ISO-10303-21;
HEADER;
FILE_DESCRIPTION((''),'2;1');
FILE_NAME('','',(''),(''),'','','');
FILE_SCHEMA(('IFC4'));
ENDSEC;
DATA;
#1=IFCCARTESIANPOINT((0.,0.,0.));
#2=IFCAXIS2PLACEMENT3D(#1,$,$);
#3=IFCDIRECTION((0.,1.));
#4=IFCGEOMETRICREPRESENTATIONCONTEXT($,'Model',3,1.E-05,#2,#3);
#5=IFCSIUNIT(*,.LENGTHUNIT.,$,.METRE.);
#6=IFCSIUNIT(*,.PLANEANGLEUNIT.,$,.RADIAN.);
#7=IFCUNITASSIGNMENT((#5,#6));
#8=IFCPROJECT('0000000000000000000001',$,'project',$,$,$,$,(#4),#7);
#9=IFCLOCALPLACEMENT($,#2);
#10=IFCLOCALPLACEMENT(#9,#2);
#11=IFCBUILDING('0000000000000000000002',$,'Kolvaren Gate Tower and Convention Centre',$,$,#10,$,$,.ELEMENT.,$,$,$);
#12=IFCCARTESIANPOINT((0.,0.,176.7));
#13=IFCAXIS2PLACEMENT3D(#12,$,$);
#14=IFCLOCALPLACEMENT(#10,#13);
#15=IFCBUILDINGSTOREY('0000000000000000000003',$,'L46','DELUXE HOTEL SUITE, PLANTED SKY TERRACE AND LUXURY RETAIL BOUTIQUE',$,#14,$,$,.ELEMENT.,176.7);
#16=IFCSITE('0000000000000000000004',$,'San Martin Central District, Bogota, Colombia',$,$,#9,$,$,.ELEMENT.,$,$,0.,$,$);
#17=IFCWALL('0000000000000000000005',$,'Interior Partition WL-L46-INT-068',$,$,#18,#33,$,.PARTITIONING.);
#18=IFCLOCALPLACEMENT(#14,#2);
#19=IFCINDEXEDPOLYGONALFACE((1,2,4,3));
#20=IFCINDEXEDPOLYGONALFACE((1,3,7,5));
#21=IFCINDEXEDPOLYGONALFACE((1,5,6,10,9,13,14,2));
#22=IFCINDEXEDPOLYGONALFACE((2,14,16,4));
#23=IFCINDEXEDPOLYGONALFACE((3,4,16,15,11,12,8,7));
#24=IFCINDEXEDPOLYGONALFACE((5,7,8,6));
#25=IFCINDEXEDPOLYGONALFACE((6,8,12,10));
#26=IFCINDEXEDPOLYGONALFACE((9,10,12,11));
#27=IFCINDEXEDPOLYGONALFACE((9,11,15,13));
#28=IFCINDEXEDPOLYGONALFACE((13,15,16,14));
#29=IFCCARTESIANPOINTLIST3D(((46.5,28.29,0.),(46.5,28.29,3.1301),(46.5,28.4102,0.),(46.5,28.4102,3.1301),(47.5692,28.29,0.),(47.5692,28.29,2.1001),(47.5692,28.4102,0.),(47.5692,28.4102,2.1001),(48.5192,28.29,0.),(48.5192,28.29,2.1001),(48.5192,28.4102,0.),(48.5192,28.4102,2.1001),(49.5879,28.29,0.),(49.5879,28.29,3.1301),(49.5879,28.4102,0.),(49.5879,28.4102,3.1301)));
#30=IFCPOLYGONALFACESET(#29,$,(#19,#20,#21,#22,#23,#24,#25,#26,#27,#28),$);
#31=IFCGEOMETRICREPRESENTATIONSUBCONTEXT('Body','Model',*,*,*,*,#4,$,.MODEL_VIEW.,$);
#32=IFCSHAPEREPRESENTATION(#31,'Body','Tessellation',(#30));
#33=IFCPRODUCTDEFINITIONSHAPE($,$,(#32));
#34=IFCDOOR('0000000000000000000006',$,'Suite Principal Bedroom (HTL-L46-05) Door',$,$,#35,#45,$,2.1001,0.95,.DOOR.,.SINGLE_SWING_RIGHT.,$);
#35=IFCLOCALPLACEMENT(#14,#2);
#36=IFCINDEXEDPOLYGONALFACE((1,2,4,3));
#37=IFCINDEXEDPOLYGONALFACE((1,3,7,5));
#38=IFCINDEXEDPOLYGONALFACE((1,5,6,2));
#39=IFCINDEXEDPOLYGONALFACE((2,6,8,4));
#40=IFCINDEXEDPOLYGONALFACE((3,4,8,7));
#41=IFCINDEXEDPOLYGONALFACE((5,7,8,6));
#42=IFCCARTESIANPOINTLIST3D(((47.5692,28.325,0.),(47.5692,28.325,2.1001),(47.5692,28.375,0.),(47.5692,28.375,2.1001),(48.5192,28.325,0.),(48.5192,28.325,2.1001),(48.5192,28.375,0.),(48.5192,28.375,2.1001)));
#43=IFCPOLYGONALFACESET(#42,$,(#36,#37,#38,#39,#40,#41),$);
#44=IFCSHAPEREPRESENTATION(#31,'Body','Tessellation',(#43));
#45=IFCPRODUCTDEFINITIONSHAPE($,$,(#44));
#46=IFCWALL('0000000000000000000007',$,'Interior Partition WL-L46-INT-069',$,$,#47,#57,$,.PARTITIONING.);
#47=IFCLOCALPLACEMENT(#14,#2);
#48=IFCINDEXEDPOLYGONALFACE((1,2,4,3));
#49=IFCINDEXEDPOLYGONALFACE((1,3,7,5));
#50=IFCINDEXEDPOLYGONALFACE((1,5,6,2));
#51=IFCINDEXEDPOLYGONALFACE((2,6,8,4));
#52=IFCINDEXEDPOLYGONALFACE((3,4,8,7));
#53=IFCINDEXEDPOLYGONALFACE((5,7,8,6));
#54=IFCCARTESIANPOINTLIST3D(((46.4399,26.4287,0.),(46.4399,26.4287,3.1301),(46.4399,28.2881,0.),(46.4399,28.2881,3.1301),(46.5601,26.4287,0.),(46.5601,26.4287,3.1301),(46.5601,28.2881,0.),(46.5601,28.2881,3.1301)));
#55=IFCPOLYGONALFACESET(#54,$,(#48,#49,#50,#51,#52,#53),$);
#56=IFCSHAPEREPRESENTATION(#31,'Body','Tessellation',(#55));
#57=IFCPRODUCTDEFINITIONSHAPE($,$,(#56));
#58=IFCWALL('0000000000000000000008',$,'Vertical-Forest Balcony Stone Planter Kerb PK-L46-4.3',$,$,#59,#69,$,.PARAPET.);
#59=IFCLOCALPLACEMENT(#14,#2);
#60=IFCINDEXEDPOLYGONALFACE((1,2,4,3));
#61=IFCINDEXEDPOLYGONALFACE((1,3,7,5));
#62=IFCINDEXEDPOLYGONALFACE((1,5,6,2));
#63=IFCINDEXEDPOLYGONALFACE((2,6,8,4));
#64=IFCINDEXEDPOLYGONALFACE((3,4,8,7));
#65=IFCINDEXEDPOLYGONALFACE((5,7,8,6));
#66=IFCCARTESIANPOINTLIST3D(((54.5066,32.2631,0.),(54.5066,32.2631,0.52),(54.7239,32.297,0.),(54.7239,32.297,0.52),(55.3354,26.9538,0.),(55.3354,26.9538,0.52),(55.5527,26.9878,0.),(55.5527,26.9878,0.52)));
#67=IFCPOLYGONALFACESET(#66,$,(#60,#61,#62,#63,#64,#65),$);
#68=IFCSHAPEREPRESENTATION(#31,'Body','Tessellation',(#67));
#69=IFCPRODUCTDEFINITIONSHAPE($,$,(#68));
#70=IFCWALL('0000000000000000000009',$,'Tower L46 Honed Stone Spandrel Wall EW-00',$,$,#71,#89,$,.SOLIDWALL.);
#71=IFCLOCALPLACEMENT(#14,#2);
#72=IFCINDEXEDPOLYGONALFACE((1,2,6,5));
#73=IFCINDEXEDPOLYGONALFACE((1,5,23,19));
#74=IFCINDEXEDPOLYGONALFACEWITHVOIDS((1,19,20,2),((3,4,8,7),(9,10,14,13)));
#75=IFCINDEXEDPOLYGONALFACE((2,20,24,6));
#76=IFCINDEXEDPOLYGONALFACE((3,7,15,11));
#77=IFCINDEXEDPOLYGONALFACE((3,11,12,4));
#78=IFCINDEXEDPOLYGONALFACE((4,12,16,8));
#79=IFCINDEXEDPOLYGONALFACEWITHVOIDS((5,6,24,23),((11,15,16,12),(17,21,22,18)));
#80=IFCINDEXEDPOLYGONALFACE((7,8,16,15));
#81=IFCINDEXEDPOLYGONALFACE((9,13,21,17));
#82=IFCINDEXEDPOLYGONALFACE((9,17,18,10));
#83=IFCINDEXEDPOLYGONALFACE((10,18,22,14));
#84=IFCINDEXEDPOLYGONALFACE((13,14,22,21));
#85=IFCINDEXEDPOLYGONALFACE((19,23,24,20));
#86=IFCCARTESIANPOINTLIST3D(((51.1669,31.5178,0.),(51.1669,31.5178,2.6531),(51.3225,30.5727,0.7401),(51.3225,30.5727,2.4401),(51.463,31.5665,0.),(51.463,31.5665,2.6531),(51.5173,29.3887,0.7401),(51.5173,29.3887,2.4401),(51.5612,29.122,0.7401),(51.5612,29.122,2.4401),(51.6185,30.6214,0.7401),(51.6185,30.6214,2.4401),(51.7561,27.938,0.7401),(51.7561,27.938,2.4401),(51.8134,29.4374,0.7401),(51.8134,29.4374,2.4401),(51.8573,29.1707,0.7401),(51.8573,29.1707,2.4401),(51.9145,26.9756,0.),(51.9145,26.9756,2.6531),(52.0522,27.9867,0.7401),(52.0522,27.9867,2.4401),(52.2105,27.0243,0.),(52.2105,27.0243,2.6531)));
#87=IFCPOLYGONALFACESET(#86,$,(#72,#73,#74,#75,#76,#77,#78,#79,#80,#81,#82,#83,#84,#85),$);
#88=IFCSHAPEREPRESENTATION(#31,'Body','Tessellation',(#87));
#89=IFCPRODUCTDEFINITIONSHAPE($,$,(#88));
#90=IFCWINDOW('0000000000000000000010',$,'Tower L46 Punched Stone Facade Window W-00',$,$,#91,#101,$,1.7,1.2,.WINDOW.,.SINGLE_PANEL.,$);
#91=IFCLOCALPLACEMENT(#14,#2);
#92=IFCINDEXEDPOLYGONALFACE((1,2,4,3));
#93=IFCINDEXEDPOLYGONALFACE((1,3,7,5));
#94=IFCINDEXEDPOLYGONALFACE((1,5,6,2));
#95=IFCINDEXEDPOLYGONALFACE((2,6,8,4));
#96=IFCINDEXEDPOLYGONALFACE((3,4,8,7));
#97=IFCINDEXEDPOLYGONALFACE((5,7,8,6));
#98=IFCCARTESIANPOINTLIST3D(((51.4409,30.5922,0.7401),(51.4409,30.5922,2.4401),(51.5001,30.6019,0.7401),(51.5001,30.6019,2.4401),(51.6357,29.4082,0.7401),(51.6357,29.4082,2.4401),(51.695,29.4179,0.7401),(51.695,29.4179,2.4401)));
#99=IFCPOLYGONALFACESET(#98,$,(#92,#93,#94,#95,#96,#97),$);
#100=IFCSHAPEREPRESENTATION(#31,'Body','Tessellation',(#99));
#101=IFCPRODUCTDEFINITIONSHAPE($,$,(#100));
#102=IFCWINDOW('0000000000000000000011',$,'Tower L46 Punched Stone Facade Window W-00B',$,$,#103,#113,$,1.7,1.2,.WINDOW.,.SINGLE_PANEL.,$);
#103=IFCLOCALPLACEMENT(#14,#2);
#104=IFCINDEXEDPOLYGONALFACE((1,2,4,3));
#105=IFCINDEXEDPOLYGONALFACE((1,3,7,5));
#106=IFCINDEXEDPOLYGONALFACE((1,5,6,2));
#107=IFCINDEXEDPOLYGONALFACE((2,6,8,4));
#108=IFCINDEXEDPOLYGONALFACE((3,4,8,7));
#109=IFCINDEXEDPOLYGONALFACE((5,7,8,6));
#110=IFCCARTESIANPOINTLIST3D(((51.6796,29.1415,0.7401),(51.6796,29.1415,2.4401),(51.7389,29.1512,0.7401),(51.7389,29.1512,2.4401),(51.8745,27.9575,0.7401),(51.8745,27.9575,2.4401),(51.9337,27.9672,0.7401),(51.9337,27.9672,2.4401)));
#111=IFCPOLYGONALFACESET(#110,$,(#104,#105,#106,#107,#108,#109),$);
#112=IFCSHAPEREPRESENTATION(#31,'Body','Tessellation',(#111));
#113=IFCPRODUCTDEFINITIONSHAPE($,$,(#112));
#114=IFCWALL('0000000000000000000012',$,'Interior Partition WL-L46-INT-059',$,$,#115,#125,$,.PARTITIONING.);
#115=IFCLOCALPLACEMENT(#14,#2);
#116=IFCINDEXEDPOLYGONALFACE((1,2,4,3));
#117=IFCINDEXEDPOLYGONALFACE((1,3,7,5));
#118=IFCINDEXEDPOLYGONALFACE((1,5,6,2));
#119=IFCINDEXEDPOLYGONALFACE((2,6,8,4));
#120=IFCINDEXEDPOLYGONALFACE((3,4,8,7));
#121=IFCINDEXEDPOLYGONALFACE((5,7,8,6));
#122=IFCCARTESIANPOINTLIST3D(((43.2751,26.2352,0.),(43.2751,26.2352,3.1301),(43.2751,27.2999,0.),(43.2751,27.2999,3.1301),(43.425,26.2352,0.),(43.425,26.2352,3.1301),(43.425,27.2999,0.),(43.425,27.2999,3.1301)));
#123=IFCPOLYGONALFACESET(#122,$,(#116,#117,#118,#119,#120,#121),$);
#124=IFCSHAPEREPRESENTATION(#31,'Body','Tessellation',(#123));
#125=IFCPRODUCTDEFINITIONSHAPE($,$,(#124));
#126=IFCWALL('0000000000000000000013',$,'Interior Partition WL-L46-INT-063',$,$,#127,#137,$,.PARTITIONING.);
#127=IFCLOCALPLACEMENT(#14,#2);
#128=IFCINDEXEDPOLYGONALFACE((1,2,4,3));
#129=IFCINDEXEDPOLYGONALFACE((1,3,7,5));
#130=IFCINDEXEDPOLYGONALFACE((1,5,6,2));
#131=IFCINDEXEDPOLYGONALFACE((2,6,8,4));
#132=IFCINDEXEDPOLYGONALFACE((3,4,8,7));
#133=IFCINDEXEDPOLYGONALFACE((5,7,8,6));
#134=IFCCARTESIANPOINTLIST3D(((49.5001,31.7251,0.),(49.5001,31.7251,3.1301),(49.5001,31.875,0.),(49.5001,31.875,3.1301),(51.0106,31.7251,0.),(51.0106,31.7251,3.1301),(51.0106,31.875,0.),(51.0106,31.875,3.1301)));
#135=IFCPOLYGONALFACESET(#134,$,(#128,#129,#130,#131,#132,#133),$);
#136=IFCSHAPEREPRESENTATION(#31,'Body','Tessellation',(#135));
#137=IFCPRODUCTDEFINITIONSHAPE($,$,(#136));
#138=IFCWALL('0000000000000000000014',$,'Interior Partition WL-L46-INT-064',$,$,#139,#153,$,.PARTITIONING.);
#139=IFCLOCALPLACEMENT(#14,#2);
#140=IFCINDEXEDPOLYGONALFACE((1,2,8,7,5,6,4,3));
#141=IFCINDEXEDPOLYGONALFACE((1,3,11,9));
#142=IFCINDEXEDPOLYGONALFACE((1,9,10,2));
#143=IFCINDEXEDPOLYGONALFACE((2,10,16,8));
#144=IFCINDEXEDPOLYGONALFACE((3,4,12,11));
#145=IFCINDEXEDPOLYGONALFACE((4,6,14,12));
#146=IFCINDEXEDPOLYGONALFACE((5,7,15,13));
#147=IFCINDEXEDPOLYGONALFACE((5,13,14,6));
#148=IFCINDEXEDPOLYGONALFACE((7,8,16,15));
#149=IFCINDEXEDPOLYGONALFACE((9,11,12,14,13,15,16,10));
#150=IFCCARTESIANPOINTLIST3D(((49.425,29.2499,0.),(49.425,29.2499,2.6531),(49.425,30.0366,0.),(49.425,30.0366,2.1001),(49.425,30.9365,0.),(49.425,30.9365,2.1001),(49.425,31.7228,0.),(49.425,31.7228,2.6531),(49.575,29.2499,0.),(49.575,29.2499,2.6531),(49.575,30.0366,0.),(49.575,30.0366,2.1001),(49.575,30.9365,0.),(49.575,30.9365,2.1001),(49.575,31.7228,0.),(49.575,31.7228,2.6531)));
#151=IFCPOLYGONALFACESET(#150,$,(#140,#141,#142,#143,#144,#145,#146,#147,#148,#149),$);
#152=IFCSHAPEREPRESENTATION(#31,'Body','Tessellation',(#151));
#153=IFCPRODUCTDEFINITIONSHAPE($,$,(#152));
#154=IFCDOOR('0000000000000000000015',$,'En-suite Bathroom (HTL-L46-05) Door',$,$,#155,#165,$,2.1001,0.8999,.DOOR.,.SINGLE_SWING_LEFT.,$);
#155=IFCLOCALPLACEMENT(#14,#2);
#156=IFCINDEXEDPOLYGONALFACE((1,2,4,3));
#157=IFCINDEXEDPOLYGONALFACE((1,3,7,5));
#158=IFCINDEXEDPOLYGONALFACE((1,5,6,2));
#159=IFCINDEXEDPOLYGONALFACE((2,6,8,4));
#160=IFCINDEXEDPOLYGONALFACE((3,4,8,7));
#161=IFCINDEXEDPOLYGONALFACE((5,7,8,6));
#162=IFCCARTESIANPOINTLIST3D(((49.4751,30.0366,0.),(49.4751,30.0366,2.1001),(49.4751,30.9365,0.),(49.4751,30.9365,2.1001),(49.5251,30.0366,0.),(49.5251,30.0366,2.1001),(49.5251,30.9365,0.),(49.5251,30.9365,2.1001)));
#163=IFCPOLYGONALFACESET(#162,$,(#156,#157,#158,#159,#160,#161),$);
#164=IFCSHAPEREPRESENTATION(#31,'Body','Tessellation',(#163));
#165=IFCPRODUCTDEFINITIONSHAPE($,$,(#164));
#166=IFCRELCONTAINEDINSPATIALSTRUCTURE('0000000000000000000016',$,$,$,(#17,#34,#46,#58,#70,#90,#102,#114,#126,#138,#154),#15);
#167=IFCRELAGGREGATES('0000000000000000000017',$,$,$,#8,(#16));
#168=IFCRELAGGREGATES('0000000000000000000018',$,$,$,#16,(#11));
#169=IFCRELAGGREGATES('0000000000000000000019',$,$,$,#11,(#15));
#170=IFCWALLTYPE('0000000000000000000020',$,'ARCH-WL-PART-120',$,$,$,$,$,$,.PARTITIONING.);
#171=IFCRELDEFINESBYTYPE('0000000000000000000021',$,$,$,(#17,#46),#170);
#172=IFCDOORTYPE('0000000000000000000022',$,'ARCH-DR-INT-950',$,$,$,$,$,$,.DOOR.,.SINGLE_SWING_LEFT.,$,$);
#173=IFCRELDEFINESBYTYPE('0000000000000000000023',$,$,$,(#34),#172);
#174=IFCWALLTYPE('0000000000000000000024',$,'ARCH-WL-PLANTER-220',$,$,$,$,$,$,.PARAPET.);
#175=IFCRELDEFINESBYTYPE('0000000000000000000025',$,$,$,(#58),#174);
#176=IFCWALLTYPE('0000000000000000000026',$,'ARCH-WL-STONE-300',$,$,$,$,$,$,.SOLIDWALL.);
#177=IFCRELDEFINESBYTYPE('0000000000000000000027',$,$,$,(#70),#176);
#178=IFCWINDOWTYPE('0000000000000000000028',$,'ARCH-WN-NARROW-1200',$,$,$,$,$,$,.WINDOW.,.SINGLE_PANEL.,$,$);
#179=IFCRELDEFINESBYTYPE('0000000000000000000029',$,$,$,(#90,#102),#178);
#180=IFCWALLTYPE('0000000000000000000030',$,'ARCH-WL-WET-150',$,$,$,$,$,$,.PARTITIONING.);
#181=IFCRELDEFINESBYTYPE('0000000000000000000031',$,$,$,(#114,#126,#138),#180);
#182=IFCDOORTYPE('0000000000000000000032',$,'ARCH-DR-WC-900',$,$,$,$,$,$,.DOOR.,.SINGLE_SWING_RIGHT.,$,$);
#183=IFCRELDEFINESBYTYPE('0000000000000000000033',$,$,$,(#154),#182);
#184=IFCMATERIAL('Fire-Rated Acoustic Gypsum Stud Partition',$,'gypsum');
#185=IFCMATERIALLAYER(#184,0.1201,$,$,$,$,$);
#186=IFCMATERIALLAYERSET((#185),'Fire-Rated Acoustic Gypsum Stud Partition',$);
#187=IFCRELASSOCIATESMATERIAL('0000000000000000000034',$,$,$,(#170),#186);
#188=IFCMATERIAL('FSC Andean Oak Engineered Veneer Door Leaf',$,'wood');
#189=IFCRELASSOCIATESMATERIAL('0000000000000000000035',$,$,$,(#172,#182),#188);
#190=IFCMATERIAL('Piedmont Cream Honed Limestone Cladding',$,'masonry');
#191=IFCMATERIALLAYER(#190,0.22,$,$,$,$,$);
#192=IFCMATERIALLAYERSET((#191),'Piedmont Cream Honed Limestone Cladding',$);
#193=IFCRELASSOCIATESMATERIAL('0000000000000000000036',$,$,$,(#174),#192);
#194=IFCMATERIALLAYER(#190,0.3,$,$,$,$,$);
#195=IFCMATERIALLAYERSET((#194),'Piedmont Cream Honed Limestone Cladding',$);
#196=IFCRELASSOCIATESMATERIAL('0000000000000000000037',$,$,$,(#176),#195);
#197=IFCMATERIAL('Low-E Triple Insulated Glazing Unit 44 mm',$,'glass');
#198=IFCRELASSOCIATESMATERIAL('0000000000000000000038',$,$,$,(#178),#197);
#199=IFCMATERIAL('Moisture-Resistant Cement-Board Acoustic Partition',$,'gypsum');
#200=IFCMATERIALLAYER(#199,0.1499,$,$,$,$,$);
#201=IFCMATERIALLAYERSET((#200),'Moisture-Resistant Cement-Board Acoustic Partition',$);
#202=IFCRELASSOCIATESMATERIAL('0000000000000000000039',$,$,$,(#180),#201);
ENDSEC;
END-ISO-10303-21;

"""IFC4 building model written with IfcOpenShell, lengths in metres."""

from ifc_helpers import new_model, si_unit, direction, frame, frame_2d, origin, place, context, subcontext, project, spatial, rectangle, extrude, material, layer, layer_set, type_object, element, fill, save


model = new_model("IFC4")

# Units and contexts
model_context = context("Model", 3, precision=1e-05, world=origin(), true_north=direction((0.0, 1.0)))
body_context = subcontext(model_context, "Body", "Model", "MODEL_VIEW")
ifc_project = project(units=[si_unit("LENGTHUNIT", "METRE"), si_unit("PLANEANGLEUNIT", "RADIAN")], contexts=[model_context])

# Site, building, storey
site_placement = place(None, origin())
site = spatial("IfcSite", under=ifc_project, at=site_placement, Name="San Martin Central District, Bogota, Colombia", CompositionType="ELEMENT", RefElevation=0.0)
building_placement = place(site_placement, origin())
building = spatial("IfcBuilding", under=site, at=building_placement, Name="Kolvaren Gate Tower and Convention Centre", CompositionType="ELEMENT")
storey_placement = place(building_placement, frame((0.0, 0.0, 176.7)))
storey = spatial("IfcBuildingStorey", under=building, at=storey_placement, Name="L46", Description="DELUXE HOTEL SUITE, PLANTED SKY TERRACE AND LUXURY RETAIL BOUTIQUE", CompositionType="ELEMENT", Elevation=176.7)

# Shared definitions
ifc_material_1 = material(Name="Fire-Rated Acoustic Gypsum Stud Partition", Category="gypsum")
ifc_layer_1 = layer(ifc_material_1, 0.1201)
ifc_layer_set_1 = layer_set([ifc_layer_1], Name="Fire-Rated Acoustic Gypsum Stud Partition")
wall_type_1 = type_object("IfcWallType", Name="ARCH-WL-PART-120", PredefinedType="PARTITIONING", material=ifc_layer_set_1)

# Wall, opening, door
wall_1_placement = place(storey_placement, frame((46.5, 28.3501, 0.0), z_axis=(0.0, 0.0, 1.0), x_axis=(1.0, 0.0, 0.0)))
wall_1 = element("IfcWall", 1, at=wall_1_placement, inside=storey, type_object=wall_type_1, Name="Interior Partition WL-L46-INT-068", PredefinedType="PARTITIONING", context=body_context, shape_type="SweptSolid", body=[
    extrude(rectangle(XDim=3.0879, YDim=0.1201, at=frame_2d((1.5439, 0.0))), origin(), (0.0, 0.0, 1.0), 3.1301),
])
opening_1_placement = place(wall_1_placement, frame((1.0691, 0.0, 0.0)))
opening_1 = element("IfcOpeningElement", 2, at=opening_1_placement, cuts=wall_1, PredefinedType="OPENING", context=body_context, shape_type="SweptSolid", body=[
    extrude(rectangle(XDim=0.95, YDim=2.1001, at=frame_2d((0.4751, 1.05))), frame((0.0, 0.0701, 0.0), z_axis=(0.0, -1.0, 0.0), x_axis=(1.0, 0.0, 0.0)), (0.0, 0.0, 1.0), 0.1401),
])
ifc_material_2 = material(Name="FSC Andean Oak Engineered Veneer Door Leaf", Category="wood")
door_type_1 = type_object("IfcDoorType", Name="ARCH-DR-INT-950", OperationType="SINGLE_SWING_LEFT", PredefinedType="DOOR", material=ifc_material_2)
door_1_placement = place(opening_1_placement, origin())
door_1 = element("IfcDoor", 3, at=door_1_placement, inside=storey, type_object=door_type_1, Name="Suite Principal Bedroom (HTL-L46-05) Door", OperationType="SINGLE_SWING_RIGHT", OverallHeight=2.1001, OverallWidth=0.95, PredefinedType="DOOR", context=body_context, shape_type="SweptSolid", body=[
    extrude(rectangle(XDim=0.95, YDim=2.1001, at=frame_2d((0.4751, 1.05))), frame((0.0, 0.0249, 0.0), z_axis=(0.0, -1.0, 0.0), x_axis=(1.0, 0.0, 0.0)), (0.0, 0.0, 1.0), 0.05),
])
fill(opening_1, door_1)

# Walls
wall_2_placement = place(storey_placement, frame((46.5, 26.4287, 0.0), z_axis=(0.0, 0.0, 1.0), x_axis=(0.0, 1.0, 0.0)))
element("IfcWall", 4, at=wall_2_placement, inside=storey, type_object=wall_type_1, Name="Interior Partition WL-L46-INT-069", PredefinedType="PARTITIONING", context=body_context, shape_type="SweptSolid", body=[
    extrude(rectangle(XDim=1.8594, YDim=0.1201, at=frame_2d((0.9297, 0.0))), origin(), (0.0, 0.0, 1.0), 3.1301),
])
ifc_material_3 = material(Name="Piedmont Cream Honed Limestone Cladding", Category="masonry")
ifc_layer_2 = layer(ifc_material_3, 0.22)
ifc_layer_set_2 = layer_set([ifc_layer_2], Name="Piedmont Cream Honed Limestone Cladding")
wall_type_2 = type_object("IfcWallType", Name="ARCH-WL-PLANTER-220", PredefinedType="PARAPET", material=ifc_layer_set_2)
wall_3_placement = place(storey_placement, frame((54.6152, 32.28, 0.0), z_axis=(0.0, 0.0, 1.0), x_axis=(0.154245, -0.988033, 0.0)))
element("IfcWall", 5, at=wall_3_placement, inside=storey, type_object=wall_type_2, Name="Vertical-Forest Balcony Stone Planter Kerb PK-L46-4.3", PredefinedType="PARAPET", context=body_context, shape_type="SweptSolid", body=[
    extrude(rectangle(XDim=5.3735, YDim=0.22, at=frame_2d((2.6868, 0.0))), origin(), (0.0, 0.0, 1.0), 0.52),
])

# Wall, openings, windows
ifc_layer_3 = layer(ifc_material_3, 0.3)
ifc_layer_set_3 = layer_set([ifc_layer_3], Name="Piedmont Cream Honed Limestone Cladding")
wall_type_3 = type_object("IfcWallType", Name="ARCH-WL-STONE-300", PredefinedType="SOLIDWALL", material=ifc_layer_set_3)
wall_4_placement = place(storey_placement, frame((51.3149, 31.5422, 0.0), z_axis=(0.0, 0.0, 1.0), x_axis=(0.162395, -0.986726, 0.0)))
wall_4 = element("IfcWall", 6, at=wall_4_placement, inside=storey, type_object=wall_type_3, Name="Tower L46 Honed Stone Spandrel Wall EW-00", PredefinedType="SOLIDWALL", context=body_context, shape_type="SweptSolid", body=[
    extrude(rectangle(XDim=4.6033, YDim=0.3, at=frame_2d((2.3018, 0.0))), origin(), (0.0, 0.0, 1.0), 2.6531),
])
opening_2_placement = place(wall_4_placement, frame((0.9578, 0.0, 0.74)))
opening_2 = element("IfcOpeningElement", 7, at=opening_2_placement, cuts=wall_4, PredefinedType="OPENING", context=body_context, shape_type="SweptSolid", body=[
    extrude(rectangle(XDim=1.2, YDim=1.7, at=frame_2d((0.6001, 0.8501))), frame((0.0, 0.1599, 0.0), z_axis=(0.0, -1.0, 0.0), x_axis=(1.0, 0.0, 0.0)), (0.0, 0.0, 1.0), 0.3201),
])
opening_3_placement = place(wall_4_placement, frame((2.428, 0.0, 0.74)))
opening_3 = element("IfcOpeningElement", 8, at=opening_3_placement, cuts=wall_4, PredefinedType="OPENING", context=body_context, shape_type="SweptSolid", body=[
    extrude(rectangle(XDim=1.2, YDim=1.7, at=frame_2d((0.6001, 0.8501))), frame((0.0, 0.1599, 0.0), z_axis=(0.0, -1.0, 0.0), x_axis=(1.0, 0.0, 0.0)), (0.0, 0.0, 1.0), 0.3201),
])
ifc_material_4 = material(Name="Low-E Triple Insulated Glazing Unit 44 mm", Category="glass")
window_type = type_object("IfcWindowType", Name="ARCH-WN-NARROW-1200", PartitioningType="SINGLE_PANEL", PredefinedType="WINDOW", material=ifc_material_4)
window_1_placement = place(opening_2_placement, origin())
window_1 = element("IfcWindow", 9, at=window_1_placement, inside=storey, type_object=window_type, Name="Tower L46 Punched Stone Facade Window W-00", OverallHeight=1.7, OverallWidth=1.2, PartitioningType="SINGLE_PANEL", PredefinedType="WINDOW", context=body_context, shape_type="SweptSolid", body=[
    extrude(rectangle(XDim=1.2, YDim=1.7, at=frame_2d((0.6001, 0.8501))), frame((0.0, 0.03, 0.0), z_axis=(0.0, -1.0, 0.0), x_axis=(1.0, 0.0, 0.0)), (0.0, 0.0, 1.0), 0.0601),
])
fill(opening_2, window_1)
window_2_placement = place(opening_3_placement, origin())
window_2 = element("IfcWindow", 10, at=window_2_placement, inside=storey, type_object=window_type, Name="Tower L46 Punched Stone Facade Window W-00B", OverallHeight=1.7, OverallWidth=1.2, PartitioningType="SINGLE_PANEL", PredefinedType="WINDOW", context=body_context, shape_type="SweptSolid", body=[
    extrude(rectangle(XDim=1.2, YDim=1.7, at=frame_2d((0.6001, 0.8501))), frame((0.0, 0.03, 0.0), z_axis=(0.0, -1.0, 0.0), x_axis=(1.0, 0.0, 0.0)), (0.0, 0.0, 1.0), 0.0601),
])
fill(opening_3, window_2)

# Walls
ifc_material_5 = material(Name="Moisture-Resistant Cement-Board Acoustic Partition", Category="gypsum")
ifc_layer_4 = layer(ifc_material_5, 0.1499)
ifc_layer_set_4 = layer_set([ifc_layer_4], Name="Moisture-Resistant Cement-Board Acoustic Partition")
wall_type_4 = type_object("IfcWallType", Name="ARCH-WL-WET-150", PredefinedType="PARTITIONING", material=ifc_layer_set_4)
wall_5_placement = place(storey_placement, frame((43.3501, 26.2354, 0.0), z_axis=(0.0, 0.0, 1.0), x_axis=(0.0, 1.0, 0.0)))
element("IfcWall", 11, at=wall_5_placement, inside=storey, type_object=wall_type_4, Name="Interior Partition WL-L46-INT-059", PredefinedType="PARTITIONING", context=body_context, shape_type="SweptSolid", body=[
    extrude(rectangle(XDim=1.0647, YDim=0.1499, at=frame_2d((0.5322, 0.0))), origin(), (0.0, 0.0, 1.0), 3.1301),
])
wall_6_placement = place(storey_placement, frame((49.5, 31.8, 0.0), z_axis=(0.0, 0.0, 1.0), x_axis=(1.0, 0.0, 0.0)))
element("IfcWall", 12, at=wall_6_placement, inside=storey, type_object=wall_type_4, Name="Interior Partition WL-L46-INT-063", PredefinedType="PARTITIONING", context=body_context, shape_type="SweptSolid", body=[
    extrude(rectangle(XDim=1.5105, YDim=0.1499, at=frame_2d((0.7554, 0.0))), origin(), (0.0, 0.0, 1.0), 3.1301),
])

# Wall, opening, door
wall_7_placement = place(storey_placement, frame((49.5, 29.25, 0.0), z_axis=(0.0, 0.0, 1.0), x_axis=(0.0, 1.0, 0.0)))
wall_7 = element("IfcWall", 13, at=wall_7_placement, inside=storey, type_object=wall_type_4, Name="Interior Partition WL-L46-INT-064", PredefinedType="PARTITIONING", context=body_context, shape_type="SweptSolid", body=[
    extrude(rectangle(XDim=2.4729, YDim=0.1499, at=frame_2d((1.2363, 0.0))), origin(), (0.0, 0.0, 1.0), 2.6531),
])
opening_4_placement = place(wall_7_placement, frame((0.7866, 0.0, 0.0)))
opening_4 = element("IfcOpeningElement", 14, at=opening_4_placement, cuts=wall_7, PredefinedType="OPENING", context=body_context, shape_type="SweptSolid", body=[
    extrude(rectangle(XDim=0.8999, YDim=2.1001, at=frame_2d((0.45, 1.05))), frame((0.0, 0.085, 0.0), z_axis=(0.0, -1.0, 0.0), x_axis=(1.0, 0.0, 0.0)), (0.0, 0.0, 1.0), 0.1699),
])
door_type_2 = type_object("IfcDoorType", Name="ARCH-DR-WC-900", OperationType="SINGLE_SWING_RIGHT", PredefinedType="DOOR", material=ifc_material_2)
door_2_placement = place(opening_4_placement, origin())
door_2 = element("IfcDoor", 15, at=door_2_placement, inside=storey, type_object=door_type_2, Name="En-suite Bathroom (HTL-L46-05) Door", OperationType="SINGLE_SWING_LEFT", OverallHeight=2.1001, OverallWidth=0.8999, PredefinedType="DOOR", context=body_context, shape_type="SweptSolid", body=[
    extrude(rectangle(XDim=0.8999, YDim=2.1001, at=frame_2d((0.45, 1.05))), frame((0.0, 0.0249, 0.0), z_axis=(0.0, -1.0, 0.0), x_axis=(1.0, 0.0, 0.0)), (0.0, 0.0, 1.0), 0.05),
])
fill(opening_4, door_2)

save(model, "model.ifc")
